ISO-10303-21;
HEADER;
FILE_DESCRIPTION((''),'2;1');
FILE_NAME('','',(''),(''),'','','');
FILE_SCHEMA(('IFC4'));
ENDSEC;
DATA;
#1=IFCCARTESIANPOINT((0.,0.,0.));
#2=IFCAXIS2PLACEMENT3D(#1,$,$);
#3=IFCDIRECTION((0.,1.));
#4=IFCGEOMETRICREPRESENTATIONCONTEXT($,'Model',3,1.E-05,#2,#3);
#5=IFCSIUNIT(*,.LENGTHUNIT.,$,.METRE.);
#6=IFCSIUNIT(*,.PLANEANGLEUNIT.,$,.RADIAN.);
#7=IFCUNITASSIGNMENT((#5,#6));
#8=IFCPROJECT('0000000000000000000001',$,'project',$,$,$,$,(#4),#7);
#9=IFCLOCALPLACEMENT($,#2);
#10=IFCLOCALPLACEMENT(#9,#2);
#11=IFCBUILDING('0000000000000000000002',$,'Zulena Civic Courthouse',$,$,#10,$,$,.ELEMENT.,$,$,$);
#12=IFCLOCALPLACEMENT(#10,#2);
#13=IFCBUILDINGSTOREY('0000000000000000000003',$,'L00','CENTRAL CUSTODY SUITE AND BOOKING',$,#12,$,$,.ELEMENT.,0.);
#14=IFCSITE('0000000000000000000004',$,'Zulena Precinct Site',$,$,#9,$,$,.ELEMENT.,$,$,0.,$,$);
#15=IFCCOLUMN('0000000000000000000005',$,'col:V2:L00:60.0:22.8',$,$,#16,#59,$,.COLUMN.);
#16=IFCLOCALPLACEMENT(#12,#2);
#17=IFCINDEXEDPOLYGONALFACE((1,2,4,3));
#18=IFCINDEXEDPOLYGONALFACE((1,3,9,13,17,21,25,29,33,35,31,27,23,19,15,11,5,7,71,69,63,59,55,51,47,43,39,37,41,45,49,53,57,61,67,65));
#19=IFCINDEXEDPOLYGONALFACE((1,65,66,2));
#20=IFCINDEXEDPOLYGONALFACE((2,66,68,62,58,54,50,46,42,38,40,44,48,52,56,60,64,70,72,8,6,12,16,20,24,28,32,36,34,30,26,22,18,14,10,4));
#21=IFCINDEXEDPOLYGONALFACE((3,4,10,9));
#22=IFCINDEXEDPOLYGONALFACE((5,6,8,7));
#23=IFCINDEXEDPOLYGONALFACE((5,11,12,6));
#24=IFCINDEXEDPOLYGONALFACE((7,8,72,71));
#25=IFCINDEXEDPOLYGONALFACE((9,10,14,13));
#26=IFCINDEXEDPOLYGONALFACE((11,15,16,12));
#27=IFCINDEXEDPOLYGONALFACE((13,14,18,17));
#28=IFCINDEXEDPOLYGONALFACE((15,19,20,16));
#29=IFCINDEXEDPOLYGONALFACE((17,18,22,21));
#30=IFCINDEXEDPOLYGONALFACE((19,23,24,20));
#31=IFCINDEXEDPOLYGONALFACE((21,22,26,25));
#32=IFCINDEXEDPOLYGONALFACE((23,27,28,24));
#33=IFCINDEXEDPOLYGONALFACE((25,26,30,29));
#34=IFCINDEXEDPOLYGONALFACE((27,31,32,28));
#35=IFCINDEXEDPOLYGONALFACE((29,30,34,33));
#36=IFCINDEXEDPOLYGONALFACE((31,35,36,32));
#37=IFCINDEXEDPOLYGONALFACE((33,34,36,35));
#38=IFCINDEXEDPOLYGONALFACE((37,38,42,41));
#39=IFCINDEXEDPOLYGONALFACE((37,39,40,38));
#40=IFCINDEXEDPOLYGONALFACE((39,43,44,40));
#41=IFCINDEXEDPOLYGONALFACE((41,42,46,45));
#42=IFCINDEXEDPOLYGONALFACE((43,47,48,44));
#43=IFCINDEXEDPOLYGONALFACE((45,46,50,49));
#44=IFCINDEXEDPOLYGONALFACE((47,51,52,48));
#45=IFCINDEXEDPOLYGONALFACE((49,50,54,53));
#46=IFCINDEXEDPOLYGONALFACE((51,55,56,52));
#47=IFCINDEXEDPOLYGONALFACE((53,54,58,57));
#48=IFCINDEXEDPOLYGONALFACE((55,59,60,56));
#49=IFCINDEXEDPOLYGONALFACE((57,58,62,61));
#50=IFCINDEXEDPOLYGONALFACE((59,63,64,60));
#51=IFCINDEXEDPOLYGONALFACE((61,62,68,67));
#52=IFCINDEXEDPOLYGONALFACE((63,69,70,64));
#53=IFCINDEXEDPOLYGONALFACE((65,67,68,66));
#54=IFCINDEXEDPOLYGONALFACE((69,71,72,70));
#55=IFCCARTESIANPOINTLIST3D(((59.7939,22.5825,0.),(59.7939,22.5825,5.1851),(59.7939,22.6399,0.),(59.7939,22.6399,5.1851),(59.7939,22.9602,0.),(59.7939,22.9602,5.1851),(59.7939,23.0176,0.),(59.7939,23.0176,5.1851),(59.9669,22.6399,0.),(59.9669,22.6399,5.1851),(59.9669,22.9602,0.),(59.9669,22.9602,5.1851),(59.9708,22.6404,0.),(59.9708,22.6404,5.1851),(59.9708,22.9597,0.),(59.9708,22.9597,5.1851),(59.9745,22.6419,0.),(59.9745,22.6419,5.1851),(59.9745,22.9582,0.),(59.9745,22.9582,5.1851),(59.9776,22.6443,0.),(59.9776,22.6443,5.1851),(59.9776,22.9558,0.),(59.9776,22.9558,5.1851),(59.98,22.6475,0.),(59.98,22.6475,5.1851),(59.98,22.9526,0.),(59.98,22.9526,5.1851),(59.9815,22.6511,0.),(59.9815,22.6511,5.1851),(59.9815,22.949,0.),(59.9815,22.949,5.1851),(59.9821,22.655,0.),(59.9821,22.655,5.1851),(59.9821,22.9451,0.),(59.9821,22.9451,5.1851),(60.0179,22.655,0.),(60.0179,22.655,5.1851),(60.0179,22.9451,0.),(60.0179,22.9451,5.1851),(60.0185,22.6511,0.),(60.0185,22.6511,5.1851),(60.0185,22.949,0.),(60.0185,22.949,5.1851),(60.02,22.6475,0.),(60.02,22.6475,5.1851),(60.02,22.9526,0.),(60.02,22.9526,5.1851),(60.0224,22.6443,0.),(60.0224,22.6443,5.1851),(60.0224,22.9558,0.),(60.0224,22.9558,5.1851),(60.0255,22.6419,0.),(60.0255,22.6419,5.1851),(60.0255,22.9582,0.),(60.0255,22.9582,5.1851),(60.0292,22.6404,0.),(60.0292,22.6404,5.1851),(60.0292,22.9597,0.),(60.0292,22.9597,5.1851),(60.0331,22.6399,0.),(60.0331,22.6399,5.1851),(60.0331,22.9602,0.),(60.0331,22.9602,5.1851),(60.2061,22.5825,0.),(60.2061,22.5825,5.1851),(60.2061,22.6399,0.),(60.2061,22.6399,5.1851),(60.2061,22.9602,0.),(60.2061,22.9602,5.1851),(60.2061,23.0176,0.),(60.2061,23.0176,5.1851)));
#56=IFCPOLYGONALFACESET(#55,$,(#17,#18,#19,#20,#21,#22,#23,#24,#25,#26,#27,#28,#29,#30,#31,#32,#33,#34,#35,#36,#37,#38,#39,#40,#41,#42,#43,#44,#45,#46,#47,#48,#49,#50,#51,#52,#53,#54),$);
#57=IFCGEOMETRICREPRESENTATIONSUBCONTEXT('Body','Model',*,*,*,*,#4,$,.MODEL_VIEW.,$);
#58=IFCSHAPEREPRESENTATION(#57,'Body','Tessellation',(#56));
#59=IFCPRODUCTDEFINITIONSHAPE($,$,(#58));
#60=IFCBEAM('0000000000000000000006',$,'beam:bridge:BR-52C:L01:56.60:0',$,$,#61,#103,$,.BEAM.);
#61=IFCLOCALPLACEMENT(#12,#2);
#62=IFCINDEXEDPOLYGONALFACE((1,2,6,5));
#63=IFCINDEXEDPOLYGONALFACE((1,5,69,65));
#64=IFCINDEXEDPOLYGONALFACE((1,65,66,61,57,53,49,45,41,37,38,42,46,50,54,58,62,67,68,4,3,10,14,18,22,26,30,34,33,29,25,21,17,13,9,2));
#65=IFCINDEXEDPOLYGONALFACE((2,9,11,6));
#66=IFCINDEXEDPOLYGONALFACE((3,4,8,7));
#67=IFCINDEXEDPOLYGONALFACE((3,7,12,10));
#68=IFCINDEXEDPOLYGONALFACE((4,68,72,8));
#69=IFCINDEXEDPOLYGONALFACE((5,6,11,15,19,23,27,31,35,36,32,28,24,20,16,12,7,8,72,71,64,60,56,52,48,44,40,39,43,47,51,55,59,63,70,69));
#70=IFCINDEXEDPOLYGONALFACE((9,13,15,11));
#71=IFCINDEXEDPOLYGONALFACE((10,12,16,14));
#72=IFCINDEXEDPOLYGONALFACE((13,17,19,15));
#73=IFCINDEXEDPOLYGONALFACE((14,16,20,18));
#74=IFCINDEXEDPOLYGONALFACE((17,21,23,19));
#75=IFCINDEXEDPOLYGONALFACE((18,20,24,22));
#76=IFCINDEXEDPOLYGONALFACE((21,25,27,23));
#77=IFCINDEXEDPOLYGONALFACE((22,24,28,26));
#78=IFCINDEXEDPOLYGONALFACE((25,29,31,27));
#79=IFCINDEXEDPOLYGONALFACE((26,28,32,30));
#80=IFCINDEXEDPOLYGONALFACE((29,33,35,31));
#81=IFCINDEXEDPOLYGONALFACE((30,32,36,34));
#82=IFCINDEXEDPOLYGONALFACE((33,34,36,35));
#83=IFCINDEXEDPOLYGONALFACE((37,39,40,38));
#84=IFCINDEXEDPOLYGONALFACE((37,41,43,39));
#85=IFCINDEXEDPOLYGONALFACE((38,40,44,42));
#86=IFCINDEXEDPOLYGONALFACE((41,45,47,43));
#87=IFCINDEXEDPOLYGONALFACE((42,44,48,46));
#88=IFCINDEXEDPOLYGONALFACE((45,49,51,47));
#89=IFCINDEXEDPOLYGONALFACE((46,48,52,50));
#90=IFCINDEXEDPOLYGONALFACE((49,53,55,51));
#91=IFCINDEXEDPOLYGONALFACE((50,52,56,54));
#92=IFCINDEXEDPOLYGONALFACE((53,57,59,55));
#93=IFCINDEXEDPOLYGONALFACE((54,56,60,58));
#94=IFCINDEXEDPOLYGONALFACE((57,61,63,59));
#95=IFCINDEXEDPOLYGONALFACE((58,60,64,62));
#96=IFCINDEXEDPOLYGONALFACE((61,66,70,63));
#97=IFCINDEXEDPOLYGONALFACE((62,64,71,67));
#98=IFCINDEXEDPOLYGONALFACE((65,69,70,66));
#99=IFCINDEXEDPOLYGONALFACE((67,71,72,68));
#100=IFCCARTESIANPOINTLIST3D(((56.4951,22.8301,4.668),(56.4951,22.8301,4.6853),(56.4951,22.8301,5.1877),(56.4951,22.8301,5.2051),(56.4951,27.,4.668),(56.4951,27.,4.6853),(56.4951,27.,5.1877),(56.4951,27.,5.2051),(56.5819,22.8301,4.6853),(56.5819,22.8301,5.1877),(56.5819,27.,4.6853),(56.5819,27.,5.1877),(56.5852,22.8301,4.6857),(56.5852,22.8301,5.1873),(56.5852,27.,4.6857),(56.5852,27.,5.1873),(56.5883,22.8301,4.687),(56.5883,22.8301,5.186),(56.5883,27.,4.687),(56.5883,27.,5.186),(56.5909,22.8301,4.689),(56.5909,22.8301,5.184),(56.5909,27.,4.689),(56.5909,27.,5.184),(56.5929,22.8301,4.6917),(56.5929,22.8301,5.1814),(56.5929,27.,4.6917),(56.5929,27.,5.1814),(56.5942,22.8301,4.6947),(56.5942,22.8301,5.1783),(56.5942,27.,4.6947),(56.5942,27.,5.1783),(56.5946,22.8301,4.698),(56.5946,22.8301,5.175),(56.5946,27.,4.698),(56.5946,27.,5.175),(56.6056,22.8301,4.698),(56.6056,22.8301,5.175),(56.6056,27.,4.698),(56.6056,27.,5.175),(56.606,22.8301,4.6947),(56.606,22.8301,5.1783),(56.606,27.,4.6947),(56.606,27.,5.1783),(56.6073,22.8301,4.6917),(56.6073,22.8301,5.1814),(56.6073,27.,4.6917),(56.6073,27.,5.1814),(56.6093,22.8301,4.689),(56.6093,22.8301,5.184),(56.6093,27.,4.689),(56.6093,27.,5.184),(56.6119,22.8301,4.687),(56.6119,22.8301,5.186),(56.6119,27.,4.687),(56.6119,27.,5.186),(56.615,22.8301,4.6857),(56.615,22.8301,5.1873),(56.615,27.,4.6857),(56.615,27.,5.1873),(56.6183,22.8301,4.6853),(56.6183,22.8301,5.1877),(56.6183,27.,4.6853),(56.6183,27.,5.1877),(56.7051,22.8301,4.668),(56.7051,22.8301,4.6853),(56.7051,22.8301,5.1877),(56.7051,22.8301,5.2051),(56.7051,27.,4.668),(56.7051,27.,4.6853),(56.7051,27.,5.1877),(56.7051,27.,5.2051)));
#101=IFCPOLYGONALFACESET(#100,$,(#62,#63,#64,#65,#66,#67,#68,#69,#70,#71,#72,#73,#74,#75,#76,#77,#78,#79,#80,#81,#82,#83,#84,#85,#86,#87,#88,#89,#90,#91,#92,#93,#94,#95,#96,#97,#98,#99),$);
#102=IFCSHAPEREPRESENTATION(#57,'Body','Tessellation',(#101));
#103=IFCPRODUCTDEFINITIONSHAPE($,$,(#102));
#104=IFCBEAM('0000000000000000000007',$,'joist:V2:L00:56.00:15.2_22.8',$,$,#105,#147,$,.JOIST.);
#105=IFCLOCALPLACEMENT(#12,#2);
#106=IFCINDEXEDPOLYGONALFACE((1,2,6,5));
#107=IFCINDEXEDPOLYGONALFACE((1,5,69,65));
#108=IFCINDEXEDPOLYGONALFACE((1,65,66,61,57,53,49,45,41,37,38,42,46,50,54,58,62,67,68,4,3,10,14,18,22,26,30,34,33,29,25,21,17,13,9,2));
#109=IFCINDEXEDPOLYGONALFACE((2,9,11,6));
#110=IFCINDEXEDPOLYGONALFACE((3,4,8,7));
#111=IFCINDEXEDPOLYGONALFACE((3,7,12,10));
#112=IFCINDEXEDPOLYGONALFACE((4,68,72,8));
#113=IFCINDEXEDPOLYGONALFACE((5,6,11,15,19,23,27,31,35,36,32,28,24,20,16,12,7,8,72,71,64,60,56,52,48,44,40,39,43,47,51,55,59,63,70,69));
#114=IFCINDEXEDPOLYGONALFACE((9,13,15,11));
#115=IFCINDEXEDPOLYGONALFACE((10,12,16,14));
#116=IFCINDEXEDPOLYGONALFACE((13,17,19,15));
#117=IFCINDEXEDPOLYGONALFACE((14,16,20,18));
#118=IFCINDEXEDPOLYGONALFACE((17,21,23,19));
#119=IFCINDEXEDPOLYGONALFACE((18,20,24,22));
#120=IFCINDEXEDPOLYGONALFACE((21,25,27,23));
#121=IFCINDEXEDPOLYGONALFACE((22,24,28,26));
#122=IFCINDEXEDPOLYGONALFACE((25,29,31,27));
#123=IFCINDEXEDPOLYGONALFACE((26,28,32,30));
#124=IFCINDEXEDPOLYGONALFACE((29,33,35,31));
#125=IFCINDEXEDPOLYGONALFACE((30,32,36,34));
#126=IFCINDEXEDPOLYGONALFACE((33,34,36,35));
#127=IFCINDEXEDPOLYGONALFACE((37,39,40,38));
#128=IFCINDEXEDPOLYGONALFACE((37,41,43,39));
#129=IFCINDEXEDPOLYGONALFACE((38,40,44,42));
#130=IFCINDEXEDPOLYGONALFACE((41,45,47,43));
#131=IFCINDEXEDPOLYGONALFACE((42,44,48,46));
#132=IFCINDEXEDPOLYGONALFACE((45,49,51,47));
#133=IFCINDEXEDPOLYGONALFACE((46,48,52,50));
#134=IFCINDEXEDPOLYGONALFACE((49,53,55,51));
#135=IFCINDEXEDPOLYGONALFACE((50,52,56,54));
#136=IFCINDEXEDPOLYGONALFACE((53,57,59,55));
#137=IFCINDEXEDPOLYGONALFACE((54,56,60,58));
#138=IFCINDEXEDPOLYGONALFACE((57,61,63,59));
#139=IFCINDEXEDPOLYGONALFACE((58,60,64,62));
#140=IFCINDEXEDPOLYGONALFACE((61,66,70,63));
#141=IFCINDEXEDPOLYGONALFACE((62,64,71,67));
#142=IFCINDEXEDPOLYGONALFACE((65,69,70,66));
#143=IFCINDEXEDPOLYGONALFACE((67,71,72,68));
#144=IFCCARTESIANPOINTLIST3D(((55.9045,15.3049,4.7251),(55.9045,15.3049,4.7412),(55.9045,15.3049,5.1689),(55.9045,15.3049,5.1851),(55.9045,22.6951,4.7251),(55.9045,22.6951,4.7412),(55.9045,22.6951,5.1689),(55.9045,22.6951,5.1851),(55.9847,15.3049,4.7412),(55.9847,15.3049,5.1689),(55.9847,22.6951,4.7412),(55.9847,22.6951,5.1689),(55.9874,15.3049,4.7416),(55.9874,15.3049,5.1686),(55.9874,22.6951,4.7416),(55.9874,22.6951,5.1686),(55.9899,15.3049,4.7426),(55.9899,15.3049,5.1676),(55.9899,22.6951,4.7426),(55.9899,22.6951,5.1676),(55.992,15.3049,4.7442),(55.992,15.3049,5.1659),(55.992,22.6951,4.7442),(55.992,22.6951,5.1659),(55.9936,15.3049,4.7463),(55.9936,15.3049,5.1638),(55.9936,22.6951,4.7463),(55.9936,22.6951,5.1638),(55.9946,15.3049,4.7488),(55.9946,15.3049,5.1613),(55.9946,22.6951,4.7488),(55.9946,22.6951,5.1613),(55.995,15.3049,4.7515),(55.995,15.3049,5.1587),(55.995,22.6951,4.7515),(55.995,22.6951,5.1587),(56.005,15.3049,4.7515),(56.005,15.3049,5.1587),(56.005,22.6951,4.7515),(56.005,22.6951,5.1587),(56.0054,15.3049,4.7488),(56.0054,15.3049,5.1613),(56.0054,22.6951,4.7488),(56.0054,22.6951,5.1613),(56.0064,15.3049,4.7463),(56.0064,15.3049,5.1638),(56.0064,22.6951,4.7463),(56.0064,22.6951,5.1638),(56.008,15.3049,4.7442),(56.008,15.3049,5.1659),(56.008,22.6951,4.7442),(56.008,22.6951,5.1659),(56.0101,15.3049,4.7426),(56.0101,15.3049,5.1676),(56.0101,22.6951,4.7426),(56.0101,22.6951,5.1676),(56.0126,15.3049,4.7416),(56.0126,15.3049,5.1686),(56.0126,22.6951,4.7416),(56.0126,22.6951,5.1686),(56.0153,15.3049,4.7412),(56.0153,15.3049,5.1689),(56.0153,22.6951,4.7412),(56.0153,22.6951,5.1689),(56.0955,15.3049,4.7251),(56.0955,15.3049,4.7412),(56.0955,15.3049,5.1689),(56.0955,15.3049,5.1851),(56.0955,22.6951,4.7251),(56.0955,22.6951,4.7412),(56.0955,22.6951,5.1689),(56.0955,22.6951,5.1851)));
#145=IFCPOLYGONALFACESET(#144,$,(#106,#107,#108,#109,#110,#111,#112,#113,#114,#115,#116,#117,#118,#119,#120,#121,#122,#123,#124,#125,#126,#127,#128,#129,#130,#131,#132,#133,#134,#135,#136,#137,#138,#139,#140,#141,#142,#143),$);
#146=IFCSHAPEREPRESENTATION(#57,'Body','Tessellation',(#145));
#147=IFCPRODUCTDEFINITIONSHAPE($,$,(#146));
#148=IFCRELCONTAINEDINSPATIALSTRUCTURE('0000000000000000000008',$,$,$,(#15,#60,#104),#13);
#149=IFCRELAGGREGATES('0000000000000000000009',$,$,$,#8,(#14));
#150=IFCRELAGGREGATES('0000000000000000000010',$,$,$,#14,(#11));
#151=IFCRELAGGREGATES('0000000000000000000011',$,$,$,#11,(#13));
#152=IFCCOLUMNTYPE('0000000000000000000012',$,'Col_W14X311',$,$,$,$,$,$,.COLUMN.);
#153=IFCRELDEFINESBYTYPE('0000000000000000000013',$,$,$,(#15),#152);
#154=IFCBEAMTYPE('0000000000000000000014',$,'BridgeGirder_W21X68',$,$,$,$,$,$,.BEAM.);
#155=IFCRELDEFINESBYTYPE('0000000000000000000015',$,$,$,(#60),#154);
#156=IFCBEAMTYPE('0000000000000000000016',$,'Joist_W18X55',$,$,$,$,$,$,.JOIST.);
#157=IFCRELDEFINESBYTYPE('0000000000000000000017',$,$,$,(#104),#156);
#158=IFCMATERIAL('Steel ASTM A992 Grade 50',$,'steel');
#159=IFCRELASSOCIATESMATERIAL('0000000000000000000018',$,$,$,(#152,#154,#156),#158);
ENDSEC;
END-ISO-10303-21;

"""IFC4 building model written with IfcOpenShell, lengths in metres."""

from ifc_helpers import new_model, si_unit, direction, frame, origin, origin_2d, place, context, subcontext, project, spatial, i_section, extrude, material, material_profile, profile_set, type_object, element, save


model = new_model("IFC4")

# Units and contexts
model_context = context("Model", 3, precision=1e-05, world=origin(), true_north=direction((0.0, 1.0)))
body_context = subcontext(model_context, "Body", "Model", "MODEL_VIEW")
ifc_project = project(units=[si_unit("LENGTHUNIT", "METRE"), si_unit("PLANEANGLEUNIT", "RADIAN")], contexts=[model_context])

# Site, building, storey
site_placement = place(None, origin())
site = spatial("IfcSite", under=ifc_project, at=site_placement, Name="Zulena Precinct Site", CompositionType="ELEMENT", RefElevation=0.0)
building_placement = place(site_placement, origin())
building = spatial("IfcBuilding", under=site, at=building_placement, Name="Zulena Civic Courthouse", CompositionType="ELEMENT")
storey_placement = place(building_placement, origin())
storey = spatial("IfcBuildingStorey", under=building, at=storey_placement, Name="L00", Description="CENTRAL CUSTODY SUITE AND BOOKING", CompositionType="ELEMENT", Elevation=0.0)

# Column
ifc_material_1 = material(Name="Steel ASTM A992 Grade 50", Category="steel")
ifc_material_profile_1 = material_profile(ifc_material_1, i_section(OverallWidth=0.4121, OverallDepth=0.4351, WebThickness=0.0359, FlangeThickness=0.0574, FilletRadius=0.0151, at=origin_2d()), Name="W14X311")
ifc_profile_set_1 = profile_set([ifc_material_profile_1], Name="Steel ASTM A992 Grade 50")
column_type_1 = type_object("IfcColumnType", Name="Col_W14X311", PredefinedType="COLUMN", material=ifc_profile_set_1)
column_1_placement = place(storey_placement, frame((60.0, 22.8, 0.0), z_axis=(0.0, 0.0, 1.0), x_axis=(1.0, 0.0, 0.0)))
element("IfcColumn", 1, at=column_1_placement, inside=storey, type_object=column_type_1, Name="col:V2:L00:60.0:22.8", PredefinedType="COLUMN", context=body_context, shape_type="SweptSolid", body=[
    extrude(i_section(OverallWidth=0.4121, OverallDepth=0.4351, WebThickness=0.0359, FlangeThickness=0.0574, FilletRadius=0.0151, at=origin_2d()), origin(), (0.0, 0.0, 1.0), 5.1851),
])

# Beams
ifc_material_profile_2 = material_profile(ifc_material_1, i_section(OverallWidth=0.21, OverallDepth=0.5371, WebThickness=0.011, FlangeThickness=0.0173, FilletRadius=0.0127, at=origin_2d()), Name="W21X68")
ifc_profile_set_2 = profile_set([ifc_material_profile_2], Name="Steel ASTM A992 Grade 50")
beam_type_1 = type_object("IfcBeamType", Name="BridgeGirder_W21X68", PredefinedType="BEAM", material=ifc_profile_set_2)
beam_1_placement = place(storey_placement, frame((56.6001, 22.8301, 4.9365), z_axis=(0.0, 1.0, 0.0), x_axis=(-1.0, 0.0, 0.0)))
element("IfcBeam", 2, at=beam_1_placement, inside=storey, type_object=beam_type_1, Name="beam:bridge:BR-52C:L01:56.60:0", PredefinedType="BEAM", context=body_context, shape_type="SweptSolid", body=[
    extrude(i_section(OverallWidth=0.21, OverallDepth=0.5371, WebThickness=0.011, FlangeThickness=0.0173, FilletRadius=0.0127, at=origin_2d()), origin(), (0.0, 0.0, 1.0), 4.1699),
])
ifc_material_profile_3 = material_profile(ifc_material_1, i_section(OverallWidth=0.1909, OverallDepth=0.46, WebThickness=0.01, FlangeThickness=0.0161, FilletRadius=0.0103, at=origin_2d()), Name="W18X55")
ifc_profile_set_3 = profile_set([ifc_material_profile_3], Name="Steel ASTM A992 Grade 50")
beam_type_2 = type_object("IfcBeamType", Name="Joist_W18X55", PredefinedType="JOIST", material=ifc_profile_set_3)
beam_2_placement = place(storey_placement, frame((56.0, 15.3049, 4.9551), z_axis=(0.0, 1.0, 0.0), x_axis=(-1.0, 0.0, 0.0)))
element("IfcBeam", 3, at=beam_2_placement, inside=storey, type_object=beam_type_2, Name="joist:V2:L00:56.00:15.2_22.8", PredefinedType="JOIST", context=body_context, shape_type="SweptSolid", body=[
    extrude(i_section(OverallWidth=0.1909, OverallDepth=0.46, WebThickness=0.01, FlangeThickness=0.0161, FilletRadius=0.0103, at=origin_2d()), origin(), (0.0, 0.0, 1.0), 7.3901),
])

save(model, "model.ifc")
